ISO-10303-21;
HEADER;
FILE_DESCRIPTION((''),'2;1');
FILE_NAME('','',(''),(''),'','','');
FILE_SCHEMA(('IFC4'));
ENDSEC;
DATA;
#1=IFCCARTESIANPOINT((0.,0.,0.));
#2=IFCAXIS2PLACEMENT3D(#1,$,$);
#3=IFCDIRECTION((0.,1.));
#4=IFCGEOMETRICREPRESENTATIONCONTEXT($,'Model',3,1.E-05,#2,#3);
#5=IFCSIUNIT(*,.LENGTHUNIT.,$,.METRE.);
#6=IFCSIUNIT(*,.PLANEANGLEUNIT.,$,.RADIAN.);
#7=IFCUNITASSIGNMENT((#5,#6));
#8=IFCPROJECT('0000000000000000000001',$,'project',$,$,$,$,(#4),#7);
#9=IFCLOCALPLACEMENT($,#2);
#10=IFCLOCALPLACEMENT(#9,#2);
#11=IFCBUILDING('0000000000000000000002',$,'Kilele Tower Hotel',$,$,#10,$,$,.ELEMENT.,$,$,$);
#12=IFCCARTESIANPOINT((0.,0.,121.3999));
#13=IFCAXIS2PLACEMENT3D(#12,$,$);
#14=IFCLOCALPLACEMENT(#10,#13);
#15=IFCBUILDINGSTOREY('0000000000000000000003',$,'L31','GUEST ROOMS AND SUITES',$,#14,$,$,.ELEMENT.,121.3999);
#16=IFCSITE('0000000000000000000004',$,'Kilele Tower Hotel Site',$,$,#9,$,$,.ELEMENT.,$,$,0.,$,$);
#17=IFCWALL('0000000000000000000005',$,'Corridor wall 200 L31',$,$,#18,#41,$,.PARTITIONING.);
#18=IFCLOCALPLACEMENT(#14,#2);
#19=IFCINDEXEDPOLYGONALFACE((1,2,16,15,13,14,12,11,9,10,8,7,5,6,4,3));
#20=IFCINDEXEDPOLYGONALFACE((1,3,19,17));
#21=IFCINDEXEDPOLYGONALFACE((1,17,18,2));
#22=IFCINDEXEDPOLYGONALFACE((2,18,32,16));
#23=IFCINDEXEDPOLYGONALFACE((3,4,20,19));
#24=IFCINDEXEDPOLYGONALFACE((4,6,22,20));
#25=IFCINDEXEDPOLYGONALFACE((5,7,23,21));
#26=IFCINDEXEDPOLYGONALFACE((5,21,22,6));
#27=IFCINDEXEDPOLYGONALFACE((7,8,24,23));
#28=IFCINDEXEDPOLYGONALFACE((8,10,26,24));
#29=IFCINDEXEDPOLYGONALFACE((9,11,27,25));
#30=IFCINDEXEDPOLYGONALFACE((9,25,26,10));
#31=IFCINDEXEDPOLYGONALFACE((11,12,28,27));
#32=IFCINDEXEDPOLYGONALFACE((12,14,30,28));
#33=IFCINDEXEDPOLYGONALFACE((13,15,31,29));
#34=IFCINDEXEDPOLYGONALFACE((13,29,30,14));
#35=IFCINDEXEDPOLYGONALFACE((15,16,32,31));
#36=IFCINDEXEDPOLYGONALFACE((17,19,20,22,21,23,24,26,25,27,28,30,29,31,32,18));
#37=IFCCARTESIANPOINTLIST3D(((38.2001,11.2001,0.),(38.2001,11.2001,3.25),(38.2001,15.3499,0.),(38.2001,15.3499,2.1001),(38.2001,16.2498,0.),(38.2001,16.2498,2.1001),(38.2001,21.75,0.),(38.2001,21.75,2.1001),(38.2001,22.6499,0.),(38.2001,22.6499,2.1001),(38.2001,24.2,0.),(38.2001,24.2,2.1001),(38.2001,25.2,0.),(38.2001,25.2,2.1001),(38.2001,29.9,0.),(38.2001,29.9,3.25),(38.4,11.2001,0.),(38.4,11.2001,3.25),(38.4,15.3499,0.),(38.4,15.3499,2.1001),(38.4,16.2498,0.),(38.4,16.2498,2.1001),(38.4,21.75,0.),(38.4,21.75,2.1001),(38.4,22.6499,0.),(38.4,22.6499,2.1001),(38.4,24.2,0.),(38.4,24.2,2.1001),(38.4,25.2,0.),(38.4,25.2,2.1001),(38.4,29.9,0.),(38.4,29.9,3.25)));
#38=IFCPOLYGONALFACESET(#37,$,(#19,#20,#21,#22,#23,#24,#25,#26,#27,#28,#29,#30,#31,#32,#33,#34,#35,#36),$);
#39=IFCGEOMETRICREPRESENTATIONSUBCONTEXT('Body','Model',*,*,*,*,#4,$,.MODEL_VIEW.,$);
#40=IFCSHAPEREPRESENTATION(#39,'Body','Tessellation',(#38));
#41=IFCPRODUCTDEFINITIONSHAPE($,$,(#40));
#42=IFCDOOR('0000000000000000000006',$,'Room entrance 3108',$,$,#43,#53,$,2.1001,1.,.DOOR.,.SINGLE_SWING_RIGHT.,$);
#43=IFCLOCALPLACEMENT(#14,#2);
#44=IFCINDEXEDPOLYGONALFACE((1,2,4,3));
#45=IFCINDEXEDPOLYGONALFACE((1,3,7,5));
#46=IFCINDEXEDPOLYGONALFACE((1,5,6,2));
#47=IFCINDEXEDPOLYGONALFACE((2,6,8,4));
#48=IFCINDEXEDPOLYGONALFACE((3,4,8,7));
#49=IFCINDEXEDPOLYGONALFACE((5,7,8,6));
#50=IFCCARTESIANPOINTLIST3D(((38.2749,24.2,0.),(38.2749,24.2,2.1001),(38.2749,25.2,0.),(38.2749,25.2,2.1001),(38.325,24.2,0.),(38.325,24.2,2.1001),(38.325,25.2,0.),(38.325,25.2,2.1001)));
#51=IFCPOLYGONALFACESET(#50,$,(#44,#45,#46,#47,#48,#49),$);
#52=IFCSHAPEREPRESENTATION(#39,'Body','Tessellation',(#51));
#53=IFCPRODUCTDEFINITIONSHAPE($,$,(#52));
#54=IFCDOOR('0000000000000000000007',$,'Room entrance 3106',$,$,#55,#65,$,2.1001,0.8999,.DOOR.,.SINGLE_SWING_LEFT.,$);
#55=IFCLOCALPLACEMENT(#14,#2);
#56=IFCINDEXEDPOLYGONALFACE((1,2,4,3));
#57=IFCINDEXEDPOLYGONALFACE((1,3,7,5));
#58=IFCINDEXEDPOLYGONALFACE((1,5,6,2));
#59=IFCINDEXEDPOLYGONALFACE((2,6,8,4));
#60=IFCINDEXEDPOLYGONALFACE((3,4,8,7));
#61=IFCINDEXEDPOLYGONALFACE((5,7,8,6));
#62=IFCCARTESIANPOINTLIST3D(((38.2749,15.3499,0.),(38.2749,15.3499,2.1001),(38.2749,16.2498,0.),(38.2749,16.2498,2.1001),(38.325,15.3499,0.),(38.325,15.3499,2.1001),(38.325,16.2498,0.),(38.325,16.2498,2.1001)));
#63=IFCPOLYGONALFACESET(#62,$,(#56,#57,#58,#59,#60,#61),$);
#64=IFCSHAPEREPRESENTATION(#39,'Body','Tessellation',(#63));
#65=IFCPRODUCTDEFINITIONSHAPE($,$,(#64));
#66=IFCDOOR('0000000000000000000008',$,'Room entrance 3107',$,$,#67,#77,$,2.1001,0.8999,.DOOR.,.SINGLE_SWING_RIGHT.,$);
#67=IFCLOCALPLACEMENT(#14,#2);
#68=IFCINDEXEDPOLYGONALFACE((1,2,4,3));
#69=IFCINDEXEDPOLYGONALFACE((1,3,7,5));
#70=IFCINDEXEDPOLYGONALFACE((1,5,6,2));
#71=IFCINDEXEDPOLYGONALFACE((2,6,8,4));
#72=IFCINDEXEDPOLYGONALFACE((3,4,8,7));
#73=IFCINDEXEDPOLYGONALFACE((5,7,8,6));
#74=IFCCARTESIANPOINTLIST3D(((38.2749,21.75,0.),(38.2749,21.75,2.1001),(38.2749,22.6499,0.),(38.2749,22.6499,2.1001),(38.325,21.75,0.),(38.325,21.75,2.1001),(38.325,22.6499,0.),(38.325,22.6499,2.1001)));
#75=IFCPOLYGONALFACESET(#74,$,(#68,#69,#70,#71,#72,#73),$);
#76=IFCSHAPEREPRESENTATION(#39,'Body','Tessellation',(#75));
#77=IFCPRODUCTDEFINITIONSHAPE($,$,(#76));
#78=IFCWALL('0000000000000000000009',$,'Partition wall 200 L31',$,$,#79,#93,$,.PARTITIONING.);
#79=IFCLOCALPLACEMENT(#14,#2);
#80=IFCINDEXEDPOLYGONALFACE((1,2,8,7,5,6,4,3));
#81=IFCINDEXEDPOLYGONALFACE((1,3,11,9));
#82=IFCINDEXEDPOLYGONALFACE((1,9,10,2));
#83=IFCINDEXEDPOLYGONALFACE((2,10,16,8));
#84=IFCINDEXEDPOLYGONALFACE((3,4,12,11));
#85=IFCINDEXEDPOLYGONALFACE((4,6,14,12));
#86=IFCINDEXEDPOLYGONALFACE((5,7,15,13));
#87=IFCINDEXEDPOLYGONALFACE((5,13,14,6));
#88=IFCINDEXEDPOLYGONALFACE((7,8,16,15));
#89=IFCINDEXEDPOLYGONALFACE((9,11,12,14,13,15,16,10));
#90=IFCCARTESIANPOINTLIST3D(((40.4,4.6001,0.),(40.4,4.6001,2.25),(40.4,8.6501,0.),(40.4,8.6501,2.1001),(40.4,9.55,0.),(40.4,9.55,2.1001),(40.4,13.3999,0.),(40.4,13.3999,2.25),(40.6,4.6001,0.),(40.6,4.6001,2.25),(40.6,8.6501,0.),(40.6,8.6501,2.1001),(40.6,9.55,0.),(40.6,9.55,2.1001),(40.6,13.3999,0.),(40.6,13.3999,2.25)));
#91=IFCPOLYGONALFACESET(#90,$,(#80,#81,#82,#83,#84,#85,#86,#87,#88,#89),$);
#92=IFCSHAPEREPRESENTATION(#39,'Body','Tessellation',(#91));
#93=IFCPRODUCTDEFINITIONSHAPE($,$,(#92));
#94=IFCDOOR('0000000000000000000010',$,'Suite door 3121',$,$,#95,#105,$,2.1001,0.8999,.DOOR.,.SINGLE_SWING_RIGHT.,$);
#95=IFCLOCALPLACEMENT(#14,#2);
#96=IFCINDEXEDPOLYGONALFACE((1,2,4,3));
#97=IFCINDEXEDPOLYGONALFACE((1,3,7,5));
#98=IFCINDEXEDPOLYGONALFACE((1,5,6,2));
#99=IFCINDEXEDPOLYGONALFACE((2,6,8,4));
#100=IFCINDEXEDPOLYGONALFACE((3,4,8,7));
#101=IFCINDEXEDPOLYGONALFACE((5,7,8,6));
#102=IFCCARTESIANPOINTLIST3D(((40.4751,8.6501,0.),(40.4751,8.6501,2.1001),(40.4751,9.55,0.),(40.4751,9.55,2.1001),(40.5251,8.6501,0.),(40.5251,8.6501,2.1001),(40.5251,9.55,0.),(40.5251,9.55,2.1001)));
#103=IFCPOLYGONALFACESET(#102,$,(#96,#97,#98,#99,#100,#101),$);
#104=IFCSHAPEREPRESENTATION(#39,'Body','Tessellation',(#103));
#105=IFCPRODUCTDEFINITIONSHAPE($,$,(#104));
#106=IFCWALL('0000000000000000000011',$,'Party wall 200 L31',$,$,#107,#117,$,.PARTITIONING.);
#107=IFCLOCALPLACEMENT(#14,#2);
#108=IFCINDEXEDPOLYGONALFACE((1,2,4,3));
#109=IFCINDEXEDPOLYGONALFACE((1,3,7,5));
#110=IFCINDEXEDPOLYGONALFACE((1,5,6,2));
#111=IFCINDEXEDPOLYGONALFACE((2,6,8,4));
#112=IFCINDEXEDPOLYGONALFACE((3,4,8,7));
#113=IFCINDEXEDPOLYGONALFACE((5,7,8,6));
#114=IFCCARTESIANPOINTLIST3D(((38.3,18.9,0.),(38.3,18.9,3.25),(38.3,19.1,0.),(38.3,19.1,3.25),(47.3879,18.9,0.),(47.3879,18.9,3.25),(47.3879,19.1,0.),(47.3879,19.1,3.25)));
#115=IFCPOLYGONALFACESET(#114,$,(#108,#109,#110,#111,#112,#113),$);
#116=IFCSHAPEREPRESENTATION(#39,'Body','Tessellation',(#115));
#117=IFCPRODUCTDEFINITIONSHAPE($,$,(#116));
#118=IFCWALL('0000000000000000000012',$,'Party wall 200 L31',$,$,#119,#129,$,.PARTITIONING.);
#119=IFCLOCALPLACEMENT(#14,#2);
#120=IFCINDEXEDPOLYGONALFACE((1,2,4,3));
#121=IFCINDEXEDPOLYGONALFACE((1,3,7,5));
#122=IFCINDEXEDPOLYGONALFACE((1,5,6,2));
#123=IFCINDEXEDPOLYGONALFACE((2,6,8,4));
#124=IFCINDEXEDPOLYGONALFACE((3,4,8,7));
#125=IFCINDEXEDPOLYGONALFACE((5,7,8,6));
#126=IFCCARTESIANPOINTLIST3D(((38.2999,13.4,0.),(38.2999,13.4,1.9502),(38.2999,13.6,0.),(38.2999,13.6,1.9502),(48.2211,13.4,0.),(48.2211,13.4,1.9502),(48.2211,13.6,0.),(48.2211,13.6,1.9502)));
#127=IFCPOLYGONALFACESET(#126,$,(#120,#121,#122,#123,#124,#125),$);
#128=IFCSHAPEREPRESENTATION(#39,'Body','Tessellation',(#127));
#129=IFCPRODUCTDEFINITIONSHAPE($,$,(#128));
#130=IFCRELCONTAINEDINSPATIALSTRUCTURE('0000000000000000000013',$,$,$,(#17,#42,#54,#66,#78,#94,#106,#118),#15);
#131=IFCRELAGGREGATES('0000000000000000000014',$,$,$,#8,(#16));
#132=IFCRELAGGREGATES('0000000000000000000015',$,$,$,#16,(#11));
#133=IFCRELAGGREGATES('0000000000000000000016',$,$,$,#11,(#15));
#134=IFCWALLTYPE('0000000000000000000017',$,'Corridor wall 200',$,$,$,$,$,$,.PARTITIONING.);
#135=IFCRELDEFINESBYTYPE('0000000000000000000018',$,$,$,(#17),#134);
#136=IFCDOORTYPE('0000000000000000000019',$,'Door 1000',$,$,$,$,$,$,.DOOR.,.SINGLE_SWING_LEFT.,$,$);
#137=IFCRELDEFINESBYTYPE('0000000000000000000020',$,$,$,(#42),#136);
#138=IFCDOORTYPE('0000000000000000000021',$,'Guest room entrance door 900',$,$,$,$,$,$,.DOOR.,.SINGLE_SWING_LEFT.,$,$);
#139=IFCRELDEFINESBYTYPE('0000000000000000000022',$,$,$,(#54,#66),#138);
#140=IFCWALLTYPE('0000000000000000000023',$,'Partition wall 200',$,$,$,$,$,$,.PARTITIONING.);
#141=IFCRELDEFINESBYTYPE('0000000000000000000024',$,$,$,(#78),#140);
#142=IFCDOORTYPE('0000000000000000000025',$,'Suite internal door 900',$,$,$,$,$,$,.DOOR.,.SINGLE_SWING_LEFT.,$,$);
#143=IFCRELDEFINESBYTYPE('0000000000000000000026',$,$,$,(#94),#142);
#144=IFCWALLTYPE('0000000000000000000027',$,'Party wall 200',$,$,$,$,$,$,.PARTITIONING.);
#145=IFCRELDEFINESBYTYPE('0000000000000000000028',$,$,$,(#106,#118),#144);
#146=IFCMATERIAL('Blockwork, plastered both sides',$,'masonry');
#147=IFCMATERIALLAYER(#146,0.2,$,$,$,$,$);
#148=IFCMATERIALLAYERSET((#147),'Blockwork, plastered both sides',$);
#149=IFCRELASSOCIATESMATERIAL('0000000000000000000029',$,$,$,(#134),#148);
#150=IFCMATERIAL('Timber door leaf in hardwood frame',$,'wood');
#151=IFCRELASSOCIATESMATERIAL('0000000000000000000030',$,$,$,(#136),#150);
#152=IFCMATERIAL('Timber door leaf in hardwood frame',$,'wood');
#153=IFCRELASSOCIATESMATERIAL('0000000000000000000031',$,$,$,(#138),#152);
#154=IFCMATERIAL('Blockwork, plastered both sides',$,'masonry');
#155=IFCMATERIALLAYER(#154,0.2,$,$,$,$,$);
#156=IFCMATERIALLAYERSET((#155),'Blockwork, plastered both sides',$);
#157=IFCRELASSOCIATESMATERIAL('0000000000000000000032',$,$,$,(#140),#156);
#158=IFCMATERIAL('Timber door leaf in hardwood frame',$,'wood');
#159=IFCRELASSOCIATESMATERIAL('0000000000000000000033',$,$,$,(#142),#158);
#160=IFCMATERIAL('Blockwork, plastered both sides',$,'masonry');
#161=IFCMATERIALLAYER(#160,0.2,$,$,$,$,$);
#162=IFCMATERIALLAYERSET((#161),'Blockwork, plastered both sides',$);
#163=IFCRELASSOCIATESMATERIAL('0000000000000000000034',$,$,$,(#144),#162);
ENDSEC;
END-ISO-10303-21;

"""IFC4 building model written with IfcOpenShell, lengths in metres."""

from ifc_helpers import new_model, si_unit, direction, frame, frame_2d, origin, place, context, subcontext, project, spatial, rectangle, extrude, material, layer, layer_set, type_object, element, fill, save


model = new_model("IFC4")

# Units and contexts
model_context = context("Model", 3, precision=1e-05, world=origin(), true_north=direction((0.0, 1.0)))
body_context = subcontext(model_context, "Body", "Model", "MODEL_VIEW")
ifc_project = project(units=[si_unit("LENGTHUNIT", "METRE"), si_unit("PLANEANGLEUNIT", "RADIAN")], contexts=[model_context])

# Site, building, storey
site_placement = place(None, origin())
site = spatial("IfcSite", under=ifc_project, at=site_placement, Name="Kilele Tower Hotel Site", CompositionType="ELEMENT", RefElevation=0.0)
building_placement = place(site_placement, origin())
building = spatial("IfcBuilding", under=site, at=building_placement, Name="Kilele Tower Hotel", CompositionType="ELEMENT")
storey_placement = place(building_placement, frame((0.0, 0.0, 121.3999)))
storey = spatial("IfcBuildingStorey", under=building, at=storey_placement, Name="L31", Description="GUEST ROOMS AND SUITES", CompositionType="ELEMENT", Elevation=121.3999)

# Wall, openings, doors
ifc_material_1 = material(Name="Blockwork, plastered both sides", Category="masonry")
ifc_layer_1 = layer(ifc_material_1, 0.2)
ifc_layer_set_1 = layer_set([ifc_layer_1], Name="Blockwork, plastered both sides")
wall_type_1 = type_object("IfcWallType", Name="Corridor wall 200", PredefinedType="PARTITIONING", material=ifc_layer_set_1)
wall_1_placement = place(storey_placement, frame((38.3, 11.2, 0.0), z_axis=(0.0, 0.0, 1.0), x_axis=(0.0, 1.0, 0.0)))
wall_1 = element("IfcWall", 1, at=wall_1_placement, inside=storey, type_object=wall_type_1, Name="Corridor wall 200 L31", PredefinedType="PARTITIONING", context=body_context, shape_type="SweptSolid", body=[
    extrude(rectangle(XDim=18.7, YDim=0.2, at=frame_2d((9.3501, 0.0))), origin(), (0.0, 0.0, 1.0), 3.25),
])
opening_1_placement = place(wall_1_placement, frame((5.0498, 0.0, 0.0), z_axis=(0.0, 0.0, 1.0), x_axis=(-1.0, 0.0, 0.0)))
opening_1 = element("IfcOpeningElement", 2, at=opening_1_placement, cuts=wall_1, PredefinedType="OPENING", context=body_context, shape_type="SweptSolid", body=[
    extrude(rectangle(XDim=0.8999, YDim=2.1001, at=frame_2d((0.45, 1.05))), frame((0.0, 0.1099, 0.0), z_axis=(0.0, -1.0, 0.0), x_axis=(1.0, 0.0, 0.0)), (0.0, 0.0, 1.0), 0.22),
])
opening_2_placement = place(wall_1_placement, frame((11.45, 0.0, 0.0), z_axis=(0.0, 0.0, 1.0), x_axis=(-1.0, 0.0, 0.0)))
opening_2 = element("IfcOpeningElement", 3, at=opening_2_placement, cuts=wall_1, PredefinedType="OPENING", context=body_context, shape_type="SweptSolid", body=[
    extrude(rectangle(XDim=0.8999, YDim=2.1001, at=frame_2d((0.45, 1.05))), frame((0.0, 0.1099, 0.0), z_axis=(0.0, -1.0, 0.0), x_axis=(1.0, 0.0, 0.0)), (0.0, 0.0, 1.0), 0.22),
])
opening_3_placement = place(wall_1_placement, frame((14.0, 0.0, 0.0), z_axis=(0.0, 0.0, 1.0), x_axis=(-1.0, 0.0, 0.0)))
opening_3 = element("IfcOpeningElement", 4, at=opening_3_placement, cuts=wall_1, PredefinedType="OPENING", context=body_context, shape_type="SweptSolid", body=[
    extrude(rectangle(XDim=1.0, YDim=2.1001, at=frame_2d((0.5, 1.05))), frame((0.0, 0.1099, 0.0), z_axis=(0.0, -1.0, 0.0), x_axis=(1.0, 0.0, 0.0)), (0.0, 0.0, 1.0), 0.22),
])
ifc_material_2 = material(Name="Timber door leaf in hardwood frame", Category="wood")
door_type_1 = type_object("IfcDoorType", Name="Door 1000", OperationType="SINGLE_SWING_LEFT", PredefinedType="DOOR", material=ifc_material_2)
door_1_placement = place(opening_3_placement, origin())
door_1 = element("IfcDoor", 5, at=door_1_placement, inside=storey, type_object=door_type_1, Name="Room entrance 3108", OperationType="SINGLE_SWING_RIGHT", OverallHeight=2.1001, OverallWidth=1.0, PredefinedType="DOOR", context=body_context, shape_type="SweptSolid", body=[
    extrude(rectangle(XDim=1.0, YDim=2.1001, at=frame_2d((0.5, 1.05))), frame((0.0, 0.0249, 0.0), z_axis=(0.0, -1.0, 0.0), x_axis=(1.0, 0.0, 0.0)), (0.0, 0.0, 1.0), 0.05),
])
fill(opening_3, door_1)
ifc_material_3 = material(Name="Timber door leaf in hardwood frame", Category="wood")
door_type_2 = type_object("IfcDoorType", Name="Guest room entrance door 900", OperationType="SINGLE_SWING_LEFT", PredefinedType="DOOR", material=ifc_material_3)
door_2_placement = place(opening_1_placement, origin())
door_2 = element("IfcDoor", 6, at=door_2_placement, inside=storey, type_object=door_type_2, Name="Room entrance 3106", OperationType="SINGLE_SWING_LEFT", OverallHeight=2.1001, OverallWidth=0.8999, PredefinedType="DOOR", context=body_context, shape_type="SweptSolid", body=[
    extrude(rectangle(XDim=0.8999, YDim=2.1001, at=frame_2d((0.45, 1.05))), frame((0.0, 0.0249, 0.0), z_axis=(0.0, -1.0, 0.0), x_axis=(1.0, 0.0, 0.0)), (0.0, 0.0, 1.0), 0.05),
])
fill(opening_1, door_2)
door_3_placement = place(opening_2_placement, origin())
door_3 = element("IfcDoor", 7, at=door_3_placement, inside=storey, type_object=door_type_2, Name="Room entrance 3107", OperationType="SINGLE_SWING_RIGHT", OverallHeight=2.1001, OverallWidth=0.8999, PredefinedType="DOOR", context=body_context, shape_type="SweptSolid", body=[
    extrude(rectangle(XDim=0.8999, YDim=2.1001, at=frame_2d((0.45, 1.05))), frame((0.0, 0.0249, 0.0), z_axis=(0.0, -1.0, 0.0), x_axis=(1.0, 0.0, 0.0)), (0.0, 0.0, 1.0), 0.05),
])
fill(opening_2, door_3)

# Wall, opening, door
ifc_material_4 = material(Name="Blockwork, plastered both sides", Category="masonry")
ifc_layer_2 = layer(ifc_material_4, 0.2)
ifc_layer_set_2 = layer_set([ifc_layer_2], Name="Blockwork, plastered both sides")
wall_type_2 = type_object("IfcWallType", Name="Partition wall 200", PredefinedType="PARTITIONING", material=ifc_layer_set_2)
wall_2_placement = place(storey_placement, frame((40.5, 4.6001, 0.0), z_axis=(0.0, 0.0, 1.0), x_axis=(0.0, 1.0, 0.0)))
wall_2 = element("IfcWall", 8, at=wall_2_placement, inside=storey, type_object=wall_type_2, Name="Partition wall 200 L31", PredefinedType="PARTITIONING", context=body_context, shape_type="SweptSolid", body=[
    extrude(rectangle(XDim=8.7998, YDim=0.2, at=frame_2d((4.3999, 0.0))), origin(), (0.0, 0.0, 1.0), 2.25),
])
opening_4_placement = place(wall_2_placement, frame((4.05, 0.0, 0.0)))
opening_4 = element("IfcOpeningElement", 9, at=opening_4_placement, cuts=wall_2, PredefinedType="OPENING", context=body_context, shape_type="SweptSolid", body=[
    extrude(rectangle(XDim=0.8999, YDim=2.1001, at=frame_2d((0.45, 1.05))), frame((0.0, 0.1099, 0.0), z_axis=(0.0, -1.0, 0.0), x_axis=(1.0, 0.0, 0.0)), (0.0, 0.0, 1.0), 0.22),
])
ifc_material_5 = material(Name="Timber door leaf in hardwood frame", Category="wood")
door_type_3 = type_object("IfcDoorType", Name="Suite internal door 900", OperationType="SINGLE_SWING_LEFT", PredefinedType="DOOR", material=ifc_material_5)
door_4_placement = place(opening_4_placement, origin())
door_4 = element("IfcDoor", 10, at=door_4_placement, inside=storey, type_object=door_type_3, Name="Suite door 3121", OperationType="SINGLE_SWING_RIGHT", OverallHeight=2.1001, OverallWidth=0.8999, PredefinedType="DOOR", context=body_context, shape_type="SweptSolid", body=[
    extrude(rectangle(XDim=0.8999, YDim=2.1001, at=frame_2d((0.45, 1.05))), frame((0.0, 0.0249, 0.0), z_axis=(0.0, -1.0, 0.0), x_axis=(1.0, 0.0, 0.0)), (0.0, 0.0, 1.0), 0.05),
])
fill(opening_4, door_4)

# Walls
ifc_material_6 = material(Name="Blockwork, plastered both sides", Category="masonry")
ifc_layer_3 = layer(ifc_material_6, 0.2)
ifc_layer_set_3 = layer_set([ifc_layer_3], Name="Blockwork, plastered both sides")
wall_type_3 = type_object("IfcWallType", Name="Party wall 200", PredefinedType="PARTITIONING", material=ifc_layer_set_3)
wall_3_placement = place(storey_placement, frame((38.3, 19.0, 0.0), z_axis=(0.0, 0.0, 1.0), x_axis=(1.0, 0.0, 0.0)))
element("IfcWall", 11, at=wall_3_placement, inside=storey, type_object=wall_type_3, Name="Party wall 200 L31", PredefinedType="PARTITIONING", context=body_context, shape_type="SweptSolid", body=[
    extrude(rectangle(XDim=9.0879, YDim=0.2, at=frame_2d((4.5439, 0.0))), origin(), (0.0, 0.0, 1.0), 3.25),
])
wall_4_placement = place(storey_placement, frame((38.3, 13.5, 0.0), z_axis=(0.0, 0.0, 1.0), x_axis=(1.0, 0.0, 0.0)))
element("IfcWall", 12, at=wall_4_placement, inside=storey, type_object=wall_type_3, Name="Party wall 200 L31", PredefinedType="PARTITIONING", context=body_context, shape_type="SweptSolid", body=[
    extrude(rectangle(XDim=9.9211, YDim=0.2, at=frame_2d((4.9604, 0.0))), origin(), (0.0, 0.0, 1.0), 1.9502),
])

save(model, "model.ifc")
